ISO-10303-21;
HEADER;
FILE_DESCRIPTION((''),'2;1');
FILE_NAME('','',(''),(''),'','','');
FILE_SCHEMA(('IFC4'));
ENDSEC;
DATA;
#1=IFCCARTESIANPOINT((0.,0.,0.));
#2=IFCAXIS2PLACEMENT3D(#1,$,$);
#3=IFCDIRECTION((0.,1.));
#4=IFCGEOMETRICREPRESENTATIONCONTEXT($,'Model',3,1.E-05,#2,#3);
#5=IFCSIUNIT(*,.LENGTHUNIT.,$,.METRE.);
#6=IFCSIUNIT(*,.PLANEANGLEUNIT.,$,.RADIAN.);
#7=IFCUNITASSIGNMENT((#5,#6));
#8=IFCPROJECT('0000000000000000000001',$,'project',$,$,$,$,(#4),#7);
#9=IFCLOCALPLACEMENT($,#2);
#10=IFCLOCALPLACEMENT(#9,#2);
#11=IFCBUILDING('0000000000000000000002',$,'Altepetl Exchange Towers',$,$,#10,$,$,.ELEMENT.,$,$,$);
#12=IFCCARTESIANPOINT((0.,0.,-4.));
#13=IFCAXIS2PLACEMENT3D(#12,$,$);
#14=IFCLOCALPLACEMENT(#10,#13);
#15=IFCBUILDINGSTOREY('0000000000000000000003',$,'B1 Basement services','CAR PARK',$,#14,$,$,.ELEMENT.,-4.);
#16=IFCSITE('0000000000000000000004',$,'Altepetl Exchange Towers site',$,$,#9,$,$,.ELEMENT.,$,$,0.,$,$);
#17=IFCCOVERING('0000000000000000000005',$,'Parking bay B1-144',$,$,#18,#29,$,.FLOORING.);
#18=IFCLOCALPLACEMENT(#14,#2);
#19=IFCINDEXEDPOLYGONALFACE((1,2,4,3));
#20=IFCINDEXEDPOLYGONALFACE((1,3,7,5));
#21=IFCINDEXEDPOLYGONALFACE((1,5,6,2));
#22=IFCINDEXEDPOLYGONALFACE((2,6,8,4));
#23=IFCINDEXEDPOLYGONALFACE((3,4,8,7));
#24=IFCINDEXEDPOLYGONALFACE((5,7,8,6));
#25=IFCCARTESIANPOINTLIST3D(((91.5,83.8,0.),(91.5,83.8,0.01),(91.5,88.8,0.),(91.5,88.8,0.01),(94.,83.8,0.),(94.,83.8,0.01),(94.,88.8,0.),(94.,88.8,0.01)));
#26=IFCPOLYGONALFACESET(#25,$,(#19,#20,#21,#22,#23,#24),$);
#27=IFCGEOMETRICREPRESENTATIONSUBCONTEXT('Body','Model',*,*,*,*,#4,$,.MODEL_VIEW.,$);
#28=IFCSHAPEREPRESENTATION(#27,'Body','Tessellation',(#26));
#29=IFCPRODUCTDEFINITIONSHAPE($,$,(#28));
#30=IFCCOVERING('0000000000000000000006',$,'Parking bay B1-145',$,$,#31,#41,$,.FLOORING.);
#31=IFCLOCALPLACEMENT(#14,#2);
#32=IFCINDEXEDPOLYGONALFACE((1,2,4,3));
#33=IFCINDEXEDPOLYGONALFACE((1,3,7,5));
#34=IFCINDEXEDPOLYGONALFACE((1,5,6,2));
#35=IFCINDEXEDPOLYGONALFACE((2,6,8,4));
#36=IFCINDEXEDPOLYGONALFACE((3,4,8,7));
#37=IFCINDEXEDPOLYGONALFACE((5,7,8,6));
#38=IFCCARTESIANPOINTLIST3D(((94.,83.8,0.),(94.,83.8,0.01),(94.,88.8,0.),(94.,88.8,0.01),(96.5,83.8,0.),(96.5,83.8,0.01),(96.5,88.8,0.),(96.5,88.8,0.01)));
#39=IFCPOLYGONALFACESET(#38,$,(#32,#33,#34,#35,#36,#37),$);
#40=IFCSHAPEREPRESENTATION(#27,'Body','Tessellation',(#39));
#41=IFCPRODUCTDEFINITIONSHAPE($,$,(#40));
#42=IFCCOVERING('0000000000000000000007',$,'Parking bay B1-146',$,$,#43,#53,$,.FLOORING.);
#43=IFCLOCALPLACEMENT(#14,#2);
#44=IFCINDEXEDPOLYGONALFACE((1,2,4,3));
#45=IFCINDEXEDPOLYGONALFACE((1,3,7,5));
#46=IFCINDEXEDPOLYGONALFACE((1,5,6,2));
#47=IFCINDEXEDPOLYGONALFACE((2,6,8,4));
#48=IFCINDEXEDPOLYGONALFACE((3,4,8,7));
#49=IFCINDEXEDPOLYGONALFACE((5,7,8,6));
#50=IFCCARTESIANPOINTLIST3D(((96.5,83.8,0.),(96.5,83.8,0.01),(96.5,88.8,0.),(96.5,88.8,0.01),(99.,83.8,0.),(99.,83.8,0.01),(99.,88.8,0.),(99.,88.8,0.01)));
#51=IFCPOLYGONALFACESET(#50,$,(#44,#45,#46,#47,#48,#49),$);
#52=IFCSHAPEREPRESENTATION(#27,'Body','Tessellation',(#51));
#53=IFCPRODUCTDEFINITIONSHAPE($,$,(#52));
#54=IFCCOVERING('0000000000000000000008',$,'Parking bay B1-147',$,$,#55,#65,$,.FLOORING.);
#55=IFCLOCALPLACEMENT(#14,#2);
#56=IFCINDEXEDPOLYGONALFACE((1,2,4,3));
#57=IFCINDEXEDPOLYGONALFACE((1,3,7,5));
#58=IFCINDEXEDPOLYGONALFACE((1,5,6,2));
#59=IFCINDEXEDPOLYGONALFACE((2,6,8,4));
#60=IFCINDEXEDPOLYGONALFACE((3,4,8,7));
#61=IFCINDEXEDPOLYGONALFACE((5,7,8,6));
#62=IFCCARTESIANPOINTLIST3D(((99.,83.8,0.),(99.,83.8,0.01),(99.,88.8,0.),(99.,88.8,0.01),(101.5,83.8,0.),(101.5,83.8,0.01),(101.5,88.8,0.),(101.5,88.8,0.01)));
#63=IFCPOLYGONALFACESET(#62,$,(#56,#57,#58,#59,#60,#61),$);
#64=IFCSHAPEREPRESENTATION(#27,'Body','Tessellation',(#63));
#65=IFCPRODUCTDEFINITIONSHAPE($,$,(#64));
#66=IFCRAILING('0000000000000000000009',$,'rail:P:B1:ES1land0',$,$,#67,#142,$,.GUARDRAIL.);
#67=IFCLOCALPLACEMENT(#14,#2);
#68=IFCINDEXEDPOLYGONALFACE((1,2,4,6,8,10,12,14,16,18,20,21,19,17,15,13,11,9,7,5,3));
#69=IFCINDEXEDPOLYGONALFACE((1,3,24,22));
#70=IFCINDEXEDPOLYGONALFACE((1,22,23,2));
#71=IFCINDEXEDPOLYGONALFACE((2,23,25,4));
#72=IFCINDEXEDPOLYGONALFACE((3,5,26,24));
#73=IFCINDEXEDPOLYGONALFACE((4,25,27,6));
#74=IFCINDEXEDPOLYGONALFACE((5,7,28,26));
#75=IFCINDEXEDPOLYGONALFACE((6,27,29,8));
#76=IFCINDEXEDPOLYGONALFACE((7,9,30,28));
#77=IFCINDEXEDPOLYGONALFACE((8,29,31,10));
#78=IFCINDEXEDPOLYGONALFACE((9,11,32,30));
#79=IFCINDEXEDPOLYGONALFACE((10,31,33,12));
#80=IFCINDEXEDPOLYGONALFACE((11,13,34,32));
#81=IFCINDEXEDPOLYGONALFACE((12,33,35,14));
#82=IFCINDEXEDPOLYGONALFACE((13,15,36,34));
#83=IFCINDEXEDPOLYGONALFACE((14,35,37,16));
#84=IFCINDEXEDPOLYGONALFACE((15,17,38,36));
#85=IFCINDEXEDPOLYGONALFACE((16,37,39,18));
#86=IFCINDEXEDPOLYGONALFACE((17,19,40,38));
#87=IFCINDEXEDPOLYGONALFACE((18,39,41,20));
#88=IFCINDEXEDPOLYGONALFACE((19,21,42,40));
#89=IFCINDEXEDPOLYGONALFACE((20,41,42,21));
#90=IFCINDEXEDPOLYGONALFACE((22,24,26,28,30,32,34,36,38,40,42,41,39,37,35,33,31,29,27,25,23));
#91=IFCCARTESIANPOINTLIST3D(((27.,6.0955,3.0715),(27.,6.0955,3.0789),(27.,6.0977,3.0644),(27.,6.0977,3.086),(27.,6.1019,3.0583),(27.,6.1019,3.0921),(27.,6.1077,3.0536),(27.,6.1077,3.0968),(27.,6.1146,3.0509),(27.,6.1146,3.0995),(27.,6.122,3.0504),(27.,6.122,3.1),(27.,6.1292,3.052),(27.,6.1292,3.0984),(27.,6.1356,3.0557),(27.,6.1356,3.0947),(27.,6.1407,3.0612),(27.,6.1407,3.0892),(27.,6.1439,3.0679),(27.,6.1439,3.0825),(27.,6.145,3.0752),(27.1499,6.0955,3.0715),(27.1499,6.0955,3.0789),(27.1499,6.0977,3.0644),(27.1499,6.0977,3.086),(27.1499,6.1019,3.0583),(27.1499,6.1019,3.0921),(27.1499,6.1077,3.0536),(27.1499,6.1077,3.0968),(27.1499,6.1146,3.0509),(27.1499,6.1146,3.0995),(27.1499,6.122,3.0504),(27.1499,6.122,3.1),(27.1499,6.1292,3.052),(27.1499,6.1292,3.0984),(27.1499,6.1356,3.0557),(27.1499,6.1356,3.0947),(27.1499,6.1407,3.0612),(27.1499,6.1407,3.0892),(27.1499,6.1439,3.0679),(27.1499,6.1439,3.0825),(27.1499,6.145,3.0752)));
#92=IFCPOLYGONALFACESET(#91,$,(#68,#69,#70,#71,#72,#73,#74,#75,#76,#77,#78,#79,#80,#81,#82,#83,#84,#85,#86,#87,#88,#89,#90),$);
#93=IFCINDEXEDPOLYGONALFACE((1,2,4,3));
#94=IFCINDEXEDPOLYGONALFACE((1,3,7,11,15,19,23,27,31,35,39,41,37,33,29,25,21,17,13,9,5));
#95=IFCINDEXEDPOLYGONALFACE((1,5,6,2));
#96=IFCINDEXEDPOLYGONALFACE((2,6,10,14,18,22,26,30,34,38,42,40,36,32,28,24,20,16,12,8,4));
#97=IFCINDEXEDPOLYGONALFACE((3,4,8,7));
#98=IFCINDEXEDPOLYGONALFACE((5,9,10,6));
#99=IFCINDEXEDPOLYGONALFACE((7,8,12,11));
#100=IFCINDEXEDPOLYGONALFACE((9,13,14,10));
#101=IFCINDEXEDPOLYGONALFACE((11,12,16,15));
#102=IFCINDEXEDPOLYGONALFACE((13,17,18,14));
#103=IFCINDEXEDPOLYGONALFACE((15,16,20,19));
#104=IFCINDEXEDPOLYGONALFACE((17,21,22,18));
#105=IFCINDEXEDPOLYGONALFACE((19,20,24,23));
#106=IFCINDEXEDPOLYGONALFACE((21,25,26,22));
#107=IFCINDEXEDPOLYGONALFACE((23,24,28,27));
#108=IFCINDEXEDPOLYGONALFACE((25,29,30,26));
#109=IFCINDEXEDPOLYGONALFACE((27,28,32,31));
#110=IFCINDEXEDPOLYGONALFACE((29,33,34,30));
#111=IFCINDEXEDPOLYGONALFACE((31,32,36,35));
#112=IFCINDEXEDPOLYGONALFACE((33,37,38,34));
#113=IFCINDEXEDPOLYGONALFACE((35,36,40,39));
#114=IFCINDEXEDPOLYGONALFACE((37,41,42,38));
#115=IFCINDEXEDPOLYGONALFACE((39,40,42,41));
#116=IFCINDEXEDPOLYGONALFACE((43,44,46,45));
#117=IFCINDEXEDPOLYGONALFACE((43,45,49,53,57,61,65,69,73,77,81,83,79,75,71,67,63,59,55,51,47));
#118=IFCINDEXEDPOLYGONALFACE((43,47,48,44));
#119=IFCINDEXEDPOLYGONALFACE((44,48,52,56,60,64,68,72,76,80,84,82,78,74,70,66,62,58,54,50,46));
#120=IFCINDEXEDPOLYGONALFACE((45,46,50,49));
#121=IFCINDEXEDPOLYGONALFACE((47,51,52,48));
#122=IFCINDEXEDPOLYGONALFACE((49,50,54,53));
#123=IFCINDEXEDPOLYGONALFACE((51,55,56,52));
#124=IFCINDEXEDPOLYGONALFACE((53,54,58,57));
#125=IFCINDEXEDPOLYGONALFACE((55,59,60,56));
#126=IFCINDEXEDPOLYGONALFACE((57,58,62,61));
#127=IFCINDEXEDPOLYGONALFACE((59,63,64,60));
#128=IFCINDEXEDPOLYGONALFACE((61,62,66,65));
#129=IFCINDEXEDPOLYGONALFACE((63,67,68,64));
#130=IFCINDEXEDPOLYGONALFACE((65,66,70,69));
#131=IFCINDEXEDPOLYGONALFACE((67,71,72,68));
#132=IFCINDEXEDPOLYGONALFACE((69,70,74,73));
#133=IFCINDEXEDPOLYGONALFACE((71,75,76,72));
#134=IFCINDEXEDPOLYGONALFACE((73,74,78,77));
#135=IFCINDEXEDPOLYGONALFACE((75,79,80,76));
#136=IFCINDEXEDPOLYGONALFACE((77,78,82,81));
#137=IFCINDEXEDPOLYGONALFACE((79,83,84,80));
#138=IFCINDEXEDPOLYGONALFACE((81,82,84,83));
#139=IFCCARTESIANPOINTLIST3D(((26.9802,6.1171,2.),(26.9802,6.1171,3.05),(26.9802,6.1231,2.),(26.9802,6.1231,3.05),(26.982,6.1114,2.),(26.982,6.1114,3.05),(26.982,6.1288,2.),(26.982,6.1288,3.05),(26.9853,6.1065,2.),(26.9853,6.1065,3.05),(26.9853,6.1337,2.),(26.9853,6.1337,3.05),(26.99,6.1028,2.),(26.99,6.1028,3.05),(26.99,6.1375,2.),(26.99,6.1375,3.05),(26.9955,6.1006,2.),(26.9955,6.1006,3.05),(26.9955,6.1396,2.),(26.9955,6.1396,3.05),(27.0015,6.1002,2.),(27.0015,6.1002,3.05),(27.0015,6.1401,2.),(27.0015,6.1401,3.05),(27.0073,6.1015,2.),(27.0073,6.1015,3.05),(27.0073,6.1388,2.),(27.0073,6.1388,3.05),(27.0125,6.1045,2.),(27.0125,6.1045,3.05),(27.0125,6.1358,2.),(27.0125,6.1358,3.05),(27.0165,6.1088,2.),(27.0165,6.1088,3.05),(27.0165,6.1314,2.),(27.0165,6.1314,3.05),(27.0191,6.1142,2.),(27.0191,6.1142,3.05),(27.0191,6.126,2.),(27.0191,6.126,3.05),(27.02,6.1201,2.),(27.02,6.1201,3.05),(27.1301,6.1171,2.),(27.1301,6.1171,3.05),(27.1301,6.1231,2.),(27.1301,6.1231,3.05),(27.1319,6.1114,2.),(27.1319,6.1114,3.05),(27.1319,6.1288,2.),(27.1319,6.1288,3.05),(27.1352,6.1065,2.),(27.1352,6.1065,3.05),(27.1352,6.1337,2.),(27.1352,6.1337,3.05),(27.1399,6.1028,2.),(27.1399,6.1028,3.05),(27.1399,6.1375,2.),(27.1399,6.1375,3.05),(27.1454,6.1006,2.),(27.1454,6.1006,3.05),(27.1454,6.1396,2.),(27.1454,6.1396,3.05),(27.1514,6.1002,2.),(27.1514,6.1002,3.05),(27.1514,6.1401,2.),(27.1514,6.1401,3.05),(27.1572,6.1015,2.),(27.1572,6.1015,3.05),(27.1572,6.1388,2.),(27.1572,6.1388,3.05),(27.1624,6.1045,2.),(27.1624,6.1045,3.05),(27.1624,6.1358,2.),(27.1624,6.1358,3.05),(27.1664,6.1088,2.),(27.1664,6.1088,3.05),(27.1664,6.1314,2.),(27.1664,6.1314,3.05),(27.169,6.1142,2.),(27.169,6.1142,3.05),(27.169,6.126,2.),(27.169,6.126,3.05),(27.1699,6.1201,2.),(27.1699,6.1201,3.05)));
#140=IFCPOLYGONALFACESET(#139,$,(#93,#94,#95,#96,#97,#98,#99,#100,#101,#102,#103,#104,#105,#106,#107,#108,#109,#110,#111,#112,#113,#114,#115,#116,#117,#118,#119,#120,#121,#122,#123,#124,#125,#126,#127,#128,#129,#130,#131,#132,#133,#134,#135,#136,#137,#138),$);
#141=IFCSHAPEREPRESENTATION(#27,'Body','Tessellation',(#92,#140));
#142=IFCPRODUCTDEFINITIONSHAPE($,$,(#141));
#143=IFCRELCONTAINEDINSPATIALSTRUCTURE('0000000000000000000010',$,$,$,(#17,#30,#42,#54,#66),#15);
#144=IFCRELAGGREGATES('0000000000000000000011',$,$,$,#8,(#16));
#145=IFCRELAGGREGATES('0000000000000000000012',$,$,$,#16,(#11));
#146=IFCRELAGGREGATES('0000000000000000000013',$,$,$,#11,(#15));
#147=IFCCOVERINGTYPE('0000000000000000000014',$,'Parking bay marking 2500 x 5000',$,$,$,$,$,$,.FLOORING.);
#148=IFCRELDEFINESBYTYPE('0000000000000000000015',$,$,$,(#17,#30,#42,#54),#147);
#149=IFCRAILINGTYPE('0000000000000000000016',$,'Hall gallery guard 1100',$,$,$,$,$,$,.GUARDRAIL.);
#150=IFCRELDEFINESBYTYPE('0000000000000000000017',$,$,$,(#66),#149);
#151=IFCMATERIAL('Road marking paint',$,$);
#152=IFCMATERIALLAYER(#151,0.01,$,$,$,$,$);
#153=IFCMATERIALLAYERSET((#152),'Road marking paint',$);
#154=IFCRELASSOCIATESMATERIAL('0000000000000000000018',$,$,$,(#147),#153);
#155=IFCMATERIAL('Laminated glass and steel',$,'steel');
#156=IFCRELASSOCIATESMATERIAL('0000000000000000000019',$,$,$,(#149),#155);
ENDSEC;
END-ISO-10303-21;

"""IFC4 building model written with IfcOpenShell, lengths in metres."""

from ifc_helpers import new_model, si_unit, direction, frame, origin, origin_2d, place, context, subcontext, project, spatial, polyline, circle, outline, extrude, source, transform, mapped, material, layer, layer_set, type_object, element, save


model = new_model("IFC4")

# Units and contexts
model_context = context("Model", 3, precision=1e-05, world=origin(), true_north=direction((0.0, 1.0)))
body_context = subcontext(model_context, "Body", "Model", "MODEL_VIEW")
ifc_project = project(units=[si_unit("LENGTHUNIT", "METRE"), si_unit("PLANEANGLEUNIT", "RADIAN")], contexts=[model_context])

# Site, building, storey
site_placement = place(None, origin())
site = spatial("IfcSite", under=ifc_project, at=site_placement, Name="Altepetl Exchange Towers site", CompositionType="ELEMENT", RefElevation=0.0)
building_placement = place(site_placement, origin())
building = spatial("IfcBuilding", under=site, at=building_placement, Name="Altepetl Exchange Towers", CompositionType="ELEMENT")
storey_placement = place(building_placement, frame((0.0, 0.0, -4.0)))
storey = spatial("IfcBuildingStorey", under=building, at=storey_placement, Name="B1 Basement services", Description="CAR PARK", CompositionType="ELEMENT", Elevation=-4.0)

# Coverings
ifc_material_1 = material(Name="Road marking paint")
ifc_layer_1 = layer(ifc_material_1, 0.01)
ifc_layer_set_1 = layer_set([ifc_layer_1], Name="Road marking paint")
covering_type = type_object("IfcCoveringType", Name="Parking bay marking 2500 x 5000", PredefinedType="FLOORING", material=ifc_layer_set_1)
covering_1_placement = place(storey_placement, origin())
element("IfcCovering", 1, at=covering_1_placement, inside=storey, type_object=covering_type, Name="Parking bay B1-144", PredefinedType="FLOORING", context=body_context, shape_type="SweptSolid", body=[
    extrude(outline(polyline([(91.5, 83.8), (94.0, 83.8), (94.0, 88.8), (91.5, 88.8), (91.5, 83.8)])), origin(), (0.0, 0.0, 1.0), 0.01),
])
covering_2_placement = place(storey_placement, origin())
element("IfcCovering", 2, at=covering_2_placement, inside=storey, type_object=covering_type, Name="Parking bay B1-145", PredefinedType="FLOORING", context=body_context, shape_type="SweptSolid", body=[
    extrude(outline(polyline([(94.0, 83.8), (96.5, 83.8), (96.5, 88.8), (94.0, 88.8), (94.0, 83.8)])), origin(), (0.0, 0.0, 1.0), 0.01),
])
covering_3_placement = place(storey_placement, origin())
element("IfcCovering", 3, at=covering_3_placement, inside=storey, type_object=covering_type, Name="Parking bay B1-146", PredefinedType="FLOORING", context=body_context, shape_type="SweptSolid", body=[
    extrude(outline(polyline([(96.5, 83.8), (99.0, 83.8), (99.0, 88.8), (96.5, 88.8), (96.5, 83.8)])), origin(), (0.0, 0.0, 1.0), 0.01),
])
covering_4_placement = place(storey_placement, origin())
element("IfcCovering", 4, at=covering_4_placement, inside=storey, type_object=covering_type, Name="Parking bay B1-147", PredefinedType="FLOORING", context=body_context, shape_type="SweptSolid", body=[
    extrude(outline(polyline([(99.0, 83.8), (101.5, 83.8), (101.5, 88.8), (99.0, 88.8), (99.0, 83.8)])), origin(), (0.0, 0.0, 1.0), 0.01),
])

# Railing
ifc_material_2 = material(Name="Laminated glass and steel", Category="steel")
railing_type_1 = type_object("IfcRailingType", Name="Hall gallery guard 1100", PredefinedType="GUARDRAIL", material=ifc_material_2)
shared_shape_1 = source(origin(), body_context, "Body", "SweptSolid", [
    extrude(circle(Radius=0.02, at=origin_2d()), origin(), (0.0, 0.0, 1.0), 1.05),
])
for number, where, name in (
    (5, (27.0, 6.1201, 2.0), "rail:P:B1:ES1land0"),
):
    element("IfcRailing", number, at=place(storey_placement, frame(where)), inside=storey, type_object=railing_type_1, Name=name, PredefinedType="GUARDRAIL", context=body_context, shape_type="SweptSolid", body=[
        extrude(circle(Radius=0.0249, at=origin_2d()), frame((0.0, 0.0, 1.0752), z_axis=(1.0, 0.0, 0.0), x_axis=(0.0, 1.0, 0.0)), (0.0, 0.0, 1.0), 0.1499),
        mapped(shared_shape_1, transform((0.0, 0.0, 0.0))),
        mapped(shared_shape_1, transform((0.1499, 0.0, 0.0))),
    ])

save(model, "model.ifc")
